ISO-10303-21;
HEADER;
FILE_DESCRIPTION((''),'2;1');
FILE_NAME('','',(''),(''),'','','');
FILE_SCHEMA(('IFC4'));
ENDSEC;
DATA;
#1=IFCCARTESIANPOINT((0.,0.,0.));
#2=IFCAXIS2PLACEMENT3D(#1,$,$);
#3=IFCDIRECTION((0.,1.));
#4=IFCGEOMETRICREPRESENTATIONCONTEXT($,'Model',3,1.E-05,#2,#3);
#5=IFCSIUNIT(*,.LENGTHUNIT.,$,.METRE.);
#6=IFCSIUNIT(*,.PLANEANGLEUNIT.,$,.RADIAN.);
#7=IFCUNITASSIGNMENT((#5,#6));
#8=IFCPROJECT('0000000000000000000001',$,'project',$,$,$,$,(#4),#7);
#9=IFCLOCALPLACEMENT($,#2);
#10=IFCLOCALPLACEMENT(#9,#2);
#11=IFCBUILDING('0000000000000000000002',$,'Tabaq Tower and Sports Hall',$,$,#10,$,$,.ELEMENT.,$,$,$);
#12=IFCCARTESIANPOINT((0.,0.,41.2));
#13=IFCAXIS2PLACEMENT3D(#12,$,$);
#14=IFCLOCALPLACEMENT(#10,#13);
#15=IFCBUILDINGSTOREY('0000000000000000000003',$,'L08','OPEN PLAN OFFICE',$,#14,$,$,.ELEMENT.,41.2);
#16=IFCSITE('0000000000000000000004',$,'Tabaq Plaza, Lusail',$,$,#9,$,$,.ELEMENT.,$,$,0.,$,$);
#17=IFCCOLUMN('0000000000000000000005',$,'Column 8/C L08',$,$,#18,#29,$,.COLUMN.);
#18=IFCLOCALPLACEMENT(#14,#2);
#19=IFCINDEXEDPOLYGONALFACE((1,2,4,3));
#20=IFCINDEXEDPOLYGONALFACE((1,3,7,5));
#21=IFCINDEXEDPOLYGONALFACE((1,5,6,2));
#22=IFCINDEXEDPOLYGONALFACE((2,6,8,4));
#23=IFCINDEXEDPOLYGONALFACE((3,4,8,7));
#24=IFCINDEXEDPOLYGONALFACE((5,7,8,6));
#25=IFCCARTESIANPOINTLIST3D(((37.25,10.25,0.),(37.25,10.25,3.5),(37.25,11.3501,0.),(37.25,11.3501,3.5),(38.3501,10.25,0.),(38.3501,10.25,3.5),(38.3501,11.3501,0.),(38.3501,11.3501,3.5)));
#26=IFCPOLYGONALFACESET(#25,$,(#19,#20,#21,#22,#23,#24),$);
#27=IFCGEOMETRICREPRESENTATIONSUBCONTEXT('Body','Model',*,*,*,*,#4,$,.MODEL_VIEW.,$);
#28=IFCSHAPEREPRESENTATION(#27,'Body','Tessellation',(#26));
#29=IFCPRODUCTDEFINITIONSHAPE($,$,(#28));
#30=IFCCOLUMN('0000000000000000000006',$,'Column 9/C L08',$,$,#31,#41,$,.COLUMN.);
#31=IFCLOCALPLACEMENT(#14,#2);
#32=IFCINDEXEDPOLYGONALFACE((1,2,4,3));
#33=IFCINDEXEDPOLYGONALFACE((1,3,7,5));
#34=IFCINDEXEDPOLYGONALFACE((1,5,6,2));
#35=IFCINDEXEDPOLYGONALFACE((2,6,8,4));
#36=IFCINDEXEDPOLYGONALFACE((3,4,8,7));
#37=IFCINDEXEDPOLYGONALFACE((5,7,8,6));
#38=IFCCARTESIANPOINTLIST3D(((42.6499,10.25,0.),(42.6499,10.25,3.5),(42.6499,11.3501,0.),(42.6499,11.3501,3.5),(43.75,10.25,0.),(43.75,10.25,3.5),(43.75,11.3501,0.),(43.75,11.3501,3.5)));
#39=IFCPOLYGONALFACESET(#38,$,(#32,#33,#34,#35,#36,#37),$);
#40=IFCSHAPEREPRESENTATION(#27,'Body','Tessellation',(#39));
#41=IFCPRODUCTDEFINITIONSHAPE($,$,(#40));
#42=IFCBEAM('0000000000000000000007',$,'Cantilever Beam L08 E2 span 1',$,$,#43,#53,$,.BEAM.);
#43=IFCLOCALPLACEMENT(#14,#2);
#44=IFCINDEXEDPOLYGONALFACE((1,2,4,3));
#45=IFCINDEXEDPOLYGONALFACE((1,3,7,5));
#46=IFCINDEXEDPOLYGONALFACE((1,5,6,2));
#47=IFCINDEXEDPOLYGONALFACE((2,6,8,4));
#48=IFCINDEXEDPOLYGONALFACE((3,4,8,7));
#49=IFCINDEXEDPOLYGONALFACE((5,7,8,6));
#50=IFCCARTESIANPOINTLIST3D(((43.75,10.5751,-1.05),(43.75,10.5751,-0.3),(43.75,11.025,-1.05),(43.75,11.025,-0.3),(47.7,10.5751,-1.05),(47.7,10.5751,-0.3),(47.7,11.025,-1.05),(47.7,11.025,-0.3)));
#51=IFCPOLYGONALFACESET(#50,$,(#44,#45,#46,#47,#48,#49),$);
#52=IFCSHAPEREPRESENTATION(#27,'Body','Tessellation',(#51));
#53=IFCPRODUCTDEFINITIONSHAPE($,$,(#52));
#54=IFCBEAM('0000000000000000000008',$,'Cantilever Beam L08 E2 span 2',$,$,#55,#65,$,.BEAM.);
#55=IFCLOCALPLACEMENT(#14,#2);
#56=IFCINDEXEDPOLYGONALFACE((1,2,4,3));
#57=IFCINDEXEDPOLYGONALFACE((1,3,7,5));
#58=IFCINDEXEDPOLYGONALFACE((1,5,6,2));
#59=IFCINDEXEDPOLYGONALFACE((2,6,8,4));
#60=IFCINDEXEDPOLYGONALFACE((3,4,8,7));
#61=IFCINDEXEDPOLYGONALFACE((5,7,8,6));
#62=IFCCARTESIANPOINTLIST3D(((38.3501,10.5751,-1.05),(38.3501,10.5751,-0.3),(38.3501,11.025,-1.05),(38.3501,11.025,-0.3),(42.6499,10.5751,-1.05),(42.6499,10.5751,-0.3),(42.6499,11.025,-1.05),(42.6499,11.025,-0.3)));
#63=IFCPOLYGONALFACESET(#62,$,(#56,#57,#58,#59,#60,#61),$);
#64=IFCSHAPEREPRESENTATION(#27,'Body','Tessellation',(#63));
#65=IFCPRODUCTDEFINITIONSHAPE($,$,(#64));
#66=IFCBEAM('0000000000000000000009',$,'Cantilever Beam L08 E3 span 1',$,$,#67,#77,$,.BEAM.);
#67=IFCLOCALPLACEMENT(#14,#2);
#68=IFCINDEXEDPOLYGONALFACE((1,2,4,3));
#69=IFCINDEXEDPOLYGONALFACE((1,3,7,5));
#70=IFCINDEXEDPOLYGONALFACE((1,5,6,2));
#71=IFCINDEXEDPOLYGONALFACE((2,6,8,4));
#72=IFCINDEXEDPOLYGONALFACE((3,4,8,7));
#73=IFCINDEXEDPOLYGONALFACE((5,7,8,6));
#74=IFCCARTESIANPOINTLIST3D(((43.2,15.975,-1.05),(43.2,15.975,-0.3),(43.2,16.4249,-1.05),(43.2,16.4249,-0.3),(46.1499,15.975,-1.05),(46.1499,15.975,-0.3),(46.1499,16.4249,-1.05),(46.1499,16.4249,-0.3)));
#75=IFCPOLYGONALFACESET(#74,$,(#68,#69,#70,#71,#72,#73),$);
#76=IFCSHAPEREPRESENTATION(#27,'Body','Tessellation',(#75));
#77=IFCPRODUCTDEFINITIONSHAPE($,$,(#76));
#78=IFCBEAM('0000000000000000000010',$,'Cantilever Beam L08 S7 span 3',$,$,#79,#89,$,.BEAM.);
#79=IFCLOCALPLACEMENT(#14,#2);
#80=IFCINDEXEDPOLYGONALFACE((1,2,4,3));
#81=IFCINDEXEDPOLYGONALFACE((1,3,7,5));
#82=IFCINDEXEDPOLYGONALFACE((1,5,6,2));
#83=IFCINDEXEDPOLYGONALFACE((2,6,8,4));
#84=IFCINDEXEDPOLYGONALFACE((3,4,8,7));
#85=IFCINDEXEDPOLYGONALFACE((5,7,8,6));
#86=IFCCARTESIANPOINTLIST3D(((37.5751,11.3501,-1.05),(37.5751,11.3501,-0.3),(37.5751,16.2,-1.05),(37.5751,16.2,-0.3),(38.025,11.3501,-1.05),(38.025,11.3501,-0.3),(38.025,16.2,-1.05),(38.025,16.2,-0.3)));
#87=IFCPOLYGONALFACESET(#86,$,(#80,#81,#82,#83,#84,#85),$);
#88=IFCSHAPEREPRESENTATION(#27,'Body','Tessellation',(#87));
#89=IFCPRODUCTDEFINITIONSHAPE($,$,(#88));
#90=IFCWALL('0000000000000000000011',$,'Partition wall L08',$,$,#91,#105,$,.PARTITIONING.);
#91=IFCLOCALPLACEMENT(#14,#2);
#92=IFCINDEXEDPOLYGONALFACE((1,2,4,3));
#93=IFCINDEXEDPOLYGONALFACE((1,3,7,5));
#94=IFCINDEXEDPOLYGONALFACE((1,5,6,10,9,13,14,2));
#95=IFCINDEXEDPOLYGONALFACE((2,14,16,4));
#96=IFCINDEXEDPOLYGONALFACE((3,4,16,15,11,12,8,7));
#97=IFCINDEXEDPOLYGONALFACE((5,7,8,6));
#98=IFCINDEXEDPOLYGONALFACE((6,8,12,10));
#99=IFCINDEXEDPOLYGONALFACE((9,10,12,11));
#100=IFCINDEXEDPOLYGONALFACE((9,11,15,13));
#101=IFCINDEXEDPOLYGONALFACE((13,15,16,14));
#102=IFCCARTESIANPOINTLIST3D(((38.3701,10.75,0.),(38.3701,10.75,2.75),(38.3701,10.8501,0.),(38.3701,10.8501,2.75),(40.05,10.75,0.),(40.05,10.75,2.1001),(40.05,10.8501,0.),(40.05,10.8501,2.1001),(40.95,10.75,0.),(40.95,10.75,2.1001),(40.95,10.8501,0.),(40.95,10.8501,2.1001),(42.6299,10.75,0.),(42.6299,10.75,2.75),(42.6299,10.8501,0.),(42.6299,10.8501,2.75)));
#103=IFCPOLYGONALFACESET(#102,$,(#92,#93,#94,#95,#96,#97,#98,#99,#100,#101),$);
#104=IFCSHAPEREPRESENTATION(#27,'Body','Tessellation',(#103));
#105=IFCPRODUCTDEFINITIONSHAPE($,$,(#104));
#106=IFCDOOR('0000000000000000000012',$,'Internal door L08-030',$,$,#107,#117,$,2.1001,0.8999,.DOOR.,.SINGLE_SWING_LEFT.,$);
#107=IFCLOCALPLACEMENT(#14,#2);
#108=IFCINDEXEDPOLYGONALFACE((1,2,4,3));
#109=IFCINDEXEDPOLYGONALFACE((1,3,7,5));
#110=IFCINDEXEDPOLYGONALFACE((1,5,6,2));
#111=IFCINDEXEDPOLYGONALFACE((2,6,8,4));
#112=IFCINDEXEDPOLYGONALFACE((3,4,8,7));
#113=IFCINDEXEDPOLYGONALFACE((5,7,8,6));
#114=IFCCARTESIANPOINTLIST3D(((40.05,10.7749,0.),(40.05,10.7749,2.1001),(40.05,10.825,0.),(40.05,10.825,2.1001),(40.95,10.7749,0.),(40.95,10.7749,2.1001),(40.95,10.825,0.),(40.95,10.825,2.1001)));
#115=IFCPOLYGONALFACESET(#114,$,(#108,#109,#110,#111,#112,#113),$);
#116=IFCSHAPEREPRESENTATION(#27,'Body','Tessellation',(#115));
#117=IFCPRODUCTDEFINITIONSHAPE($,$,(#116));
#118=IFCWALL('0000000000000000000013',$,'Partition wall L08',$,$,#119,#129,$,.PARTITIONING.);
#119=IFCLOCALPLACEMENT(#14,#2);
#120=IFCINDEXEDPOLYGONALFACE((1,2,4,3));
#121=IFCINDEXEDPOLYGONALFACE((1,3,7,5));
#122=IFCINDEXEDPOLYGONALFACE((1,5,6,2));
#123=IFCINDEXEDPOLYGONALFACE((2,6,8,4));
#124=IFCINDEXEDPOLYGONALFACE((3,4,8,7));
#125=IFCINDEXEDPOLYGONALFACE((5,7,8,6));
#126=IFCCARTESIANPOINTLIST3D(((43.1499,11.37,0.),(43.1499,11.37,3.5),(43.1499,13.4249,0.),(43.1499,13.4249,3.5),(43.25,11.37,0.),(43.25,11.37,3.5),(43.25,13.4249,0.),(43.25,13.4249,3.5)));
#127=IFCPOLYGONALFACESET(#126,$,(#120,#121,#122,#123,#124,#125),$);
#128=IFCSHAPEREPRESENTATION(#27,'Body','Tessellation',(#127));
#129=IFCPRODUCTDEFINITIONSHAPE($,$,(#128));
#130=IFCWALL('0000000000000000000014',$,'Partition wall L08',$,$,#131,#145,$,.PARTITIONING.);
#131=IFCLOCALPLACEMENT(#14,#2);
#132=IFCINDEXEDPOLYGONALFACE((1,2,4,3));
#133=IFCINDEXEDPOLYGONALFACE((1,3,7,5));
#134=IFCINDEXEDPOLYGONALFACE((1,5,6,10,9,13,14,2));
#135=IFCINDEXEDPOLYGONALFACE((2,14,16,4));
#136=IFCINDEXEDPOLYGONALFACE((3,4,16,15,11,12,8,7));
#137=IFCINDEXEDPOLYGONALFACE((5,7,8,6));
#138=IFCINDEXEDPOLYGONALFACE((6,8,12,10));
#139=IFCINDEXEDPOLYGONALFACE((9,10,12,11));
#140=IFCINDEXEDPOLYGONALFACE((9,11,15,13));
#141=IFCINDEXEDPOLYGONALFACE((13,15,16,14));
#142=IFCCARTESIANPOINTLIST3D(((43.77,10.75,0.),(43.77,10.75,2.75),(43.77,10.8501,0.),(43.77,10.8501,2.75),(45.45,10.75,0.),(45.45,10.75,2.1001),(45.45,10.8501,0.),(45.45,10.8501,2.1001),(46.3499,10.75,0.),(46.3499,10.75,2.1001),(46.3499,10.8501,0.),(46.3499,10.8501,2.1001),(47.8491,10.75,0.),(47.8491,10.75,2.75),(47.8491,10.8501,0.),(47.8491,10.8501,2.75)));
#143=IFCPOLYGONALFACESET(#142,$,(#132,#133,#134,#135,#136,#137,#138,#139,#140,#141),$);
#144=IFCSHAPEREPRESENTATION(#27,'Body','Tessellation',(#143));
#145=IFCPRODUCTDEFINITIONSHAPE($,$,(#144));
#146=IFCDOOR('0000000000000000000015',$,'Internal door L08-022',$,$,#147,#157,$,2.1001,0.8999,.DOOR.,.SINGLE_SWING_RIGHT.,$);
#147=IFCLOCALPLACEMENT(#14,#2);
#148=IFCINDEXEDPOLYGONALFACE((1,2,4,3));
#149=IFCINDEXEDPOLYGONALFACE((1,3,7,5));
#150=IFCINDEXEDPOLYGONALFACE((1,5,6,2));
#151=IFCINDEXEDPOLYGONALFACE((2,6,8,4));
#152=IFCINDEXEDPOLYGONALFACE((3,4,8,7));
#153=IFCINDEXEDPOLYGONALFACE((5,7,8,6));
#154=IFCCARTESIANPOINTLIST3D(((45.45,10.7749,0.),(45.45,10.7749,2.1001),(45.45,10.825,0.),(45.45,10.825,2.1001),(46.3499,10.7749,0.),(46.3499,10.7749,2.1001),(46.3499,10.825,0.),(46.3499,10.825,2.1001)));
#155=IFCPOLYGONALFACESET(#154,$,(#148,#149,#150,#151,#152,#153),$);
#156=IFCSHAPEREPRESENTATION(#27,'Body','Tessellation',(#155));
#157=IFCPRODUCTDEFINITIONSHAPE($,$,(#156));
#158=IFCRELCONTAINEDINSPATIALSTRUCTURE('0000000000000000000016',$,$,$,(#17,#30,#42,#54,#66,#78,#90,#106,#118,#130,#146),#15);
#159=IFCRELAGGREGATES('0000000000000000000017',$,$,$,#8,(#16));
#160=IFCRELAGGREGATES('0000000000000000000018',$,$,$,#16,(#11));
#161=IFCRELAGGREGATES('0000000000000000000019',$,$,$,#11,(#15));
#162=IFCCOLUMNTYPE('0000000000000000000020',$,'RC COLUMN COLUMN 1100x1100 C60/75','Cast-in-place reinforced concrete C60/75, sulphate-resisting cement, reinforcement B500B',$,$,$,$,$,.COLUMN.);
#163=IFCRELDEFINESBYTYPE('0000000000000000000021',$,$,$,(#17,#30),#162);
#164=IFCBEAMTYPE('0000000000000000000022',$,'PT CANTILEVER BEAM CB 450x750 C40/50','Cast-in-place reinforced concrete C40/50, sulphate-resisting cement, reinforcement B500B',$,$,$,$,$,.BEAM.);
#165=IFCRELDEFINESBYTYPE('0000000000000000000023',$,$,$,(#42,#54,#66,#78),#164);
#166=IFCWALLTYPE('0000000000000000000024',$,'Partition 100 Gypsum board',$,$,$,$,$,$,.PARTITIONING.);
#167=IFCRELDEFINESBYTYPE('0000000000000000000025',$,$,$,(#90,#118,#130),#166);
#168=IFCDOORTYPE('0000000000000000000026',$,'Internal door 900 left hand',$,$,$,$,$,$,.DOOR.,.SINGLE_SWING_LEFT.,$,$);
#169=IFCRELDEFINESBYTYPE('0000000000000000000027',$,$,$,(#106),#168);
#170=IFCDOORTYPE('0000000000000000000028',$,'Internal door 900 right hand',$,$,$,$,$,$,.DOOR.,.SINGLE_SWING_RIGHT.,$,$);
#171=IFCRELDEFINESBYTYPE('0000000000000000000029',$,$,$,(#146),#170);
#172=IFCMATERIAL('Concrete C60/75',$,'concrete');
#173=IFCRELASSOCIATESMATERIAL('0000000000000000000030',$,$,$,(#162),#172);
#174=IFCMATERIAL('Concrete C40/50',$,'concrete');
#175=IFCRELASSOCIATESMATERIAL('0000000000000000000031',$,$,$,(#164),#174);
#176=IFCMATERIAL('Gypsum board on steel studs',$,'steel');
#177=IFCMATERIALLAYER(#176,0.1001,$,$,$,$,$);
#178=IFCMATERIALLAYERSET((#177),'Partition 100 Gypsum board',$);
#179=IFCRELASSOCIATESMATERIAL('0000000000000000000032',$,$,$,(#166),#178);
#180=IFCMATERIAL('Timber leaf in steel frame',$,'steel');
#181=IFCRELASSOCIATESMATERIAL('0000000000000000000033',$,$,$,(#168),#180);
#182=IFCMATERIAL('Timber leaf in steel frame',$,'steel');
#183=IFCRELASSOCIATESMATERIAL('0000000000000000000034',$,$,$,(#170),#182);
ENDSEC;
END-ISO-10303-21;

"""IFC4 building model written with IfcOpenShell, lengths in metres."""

from ifc_helpers import new_model, si_unit, direction, frame, frame_2d, origin, origin_2d, place, context, subcontext, project, spatial, rectangle, extrude, material, layer, layer_set, material_profile, profile_set, type_object, element, fill, save


model = new_model("IFC4")

# Units and contexts
model_context = context("Model", 3, precision=1e-05, world=origin(), true_north=direction((0.0, 1.0)))
body_context = subcontext(model_context, "Body", "Model", "MODEL_VIEW")
ifc_project = project(units=[si_unit("LENGTHUNIT", "METRE"), si_unit("PLANEANGLEUNIT", "RADIAN")], contexts=[model_context])

# Site, building, storey
site_placement = place(None, origin())
site = spatial("IfcSite", under=ifc_project, at=site_placement, Name="Tabaq Plaza, Lusail", CompositionType="ELEMENT", RefElevation=0.0)
building_placement = place(site_placement, origin())
building = spatial("IfcBuilding", under=site, at=building_placement, Name="Tabaq Tower and Sports Hall", CompositionType="ELEMENT")
storey_placement = place(building_placement, frame((0.0, 0.0, 41.2)))
storey = spatial("IfcBuildingStorey", under=building, at=storey_placement, Name="L08", Description="OPEN PLAN OFFICE", CompositionType="ELEMENT", Elevation=41.2)

# Columns
ifc_material_1 = material(Name="Concrete C60/75", Category="concrete")
ifc_material_profile_1 = material_profile(ifc_material_1, rectangle(XDim=1.1001, YDim=1.1001, at=origin_2d()), Name="COLUMN 1100x1100")
ifc_profile_set_1 = profile_set([ifc_material_profile_1], Name="Concrete C60/75")
column_type = type_object("IfcColumnType", Name="RC COLUMN COLUMN 1100x1100 C60/75", Description="Cast-in-place reinforced concrete C60/75, sulphate-resisting cement, reinforcement B500B", PredefinedType="COLUMN", material=ifc_profile_set_1)
for number, where, z_axis, x_axis, name in (
    (1, (37.8, 10.8, 0.0), (0.0, 0.0, 1.0), (1.0, 0.0, 0.0), "Column 8/C L08"),
    (2, (43.2, 10.8, 0.0), (0.0, 0.0, 1.0), (1.0, 0.0, 0.0), "Column 9/C L08"),
):
    element("IfcColumn", number, at=place(storey_placement, frame(where, z_axis=z_axis, x_axis=x_axis)), inside=storey, type_object=column_type, Name=name, PredefinedType="COLUMN", context=body_context, shape_type="SweptSolid", body=[
        extrude(rectangle(XDim=1.1001, YDim=1.1001, at=origin_2d()), origin(), (0.0, 0.0, 1.0), 3.5),
    ])

# Beams
ifc_material_2 = material(Name="Concrete C40/50", Category="concrete")
ifc_material_profile_2 = material_profile(ifc_material_2, rectangle(XDim=0.45, YDim=0.75, at=origin_2d()), Name="CB 450x750")
ifc_profile_set_2 = profile_set([ifc_material_profile_2], Name="Concrete C40/50")
beam_type = type_object("IfcBeamType", Name="PT CANTILEVER BEAM CB 450x750 C40/50", Description="Cast-in-place reinforced concrete C40/50, sulphate-resisting cement, reinforcement B500B", PredefinedType="BEAM", material=ifc_profile_set_2)
beam_1_placement = place(storey_placement, frame((47.7, 10.8, -0.675), z_axis=(-1.0, 0.0, 0.0), x_axis=(0.0, -1.0, 0.0)))
element("IfcBeam", 3, at=beam_1_placement, inside=storey, type_object=beam_type, Name="Cantilever Beam L08 E2 span 1", PredefinedType="BEAM", context=body_context, shape_type="SweptSolid", body=[
    extrude(rectangle(XDim=0.45, YDim=0.75, at=origin_2d()), origin(), (0.0, 0.0, 1.0), 3.95),
])
beam_2_placement = place(storey_placement, frame((42.6499, 10.8, -0.675), z_axis=(-1.0, 0.0, 0.0), x_axis=(0.0, -1.0, 0.0)))
element("IfcBeam", 4, at=beam_2_placement, inside=storey, type_object=beam_type, Name="Cantilever Beam L08 E2 span 2", PredefinedType="BEAM", context=body_context, shape_type="SweptSolid", body=[
    extrude(rectangle(XDim=0.45, YDim=0.75, at=origin_2d()), origin(), (0.0, 0.0, 1.0), 4.2998),
])
beam_3_placement = place(storey_placement, frame((46.1499, 16.2, -0.675), z_axis=(-1.0, 0.0, 0.0), x_axis=(0.0, -1.0, 0.0)))
element("IfcBeam", 5, at=beam_3_placement, inside=storey, type_object=beam_type, Name="Cantilever Beam L08 E3 span 1", PredefinedType="BEAM", context=body_context, shape_type="SweptSolid", body=[
    extrude(rectangle(XDim=0.45, YDim=0.75, at=origin_2d()), origin(), (0.0, 0.0, 1.0), 2.95),
])
beam_4_placement = place(storey_placement, frame((37.8, 11.3501, -0.675), z_axis=(0.0, 1.0, 0.0), x_axis=(-1.0, 0.0, 0.0)))
element("IfcBeam", 6, at=beam_4_placement, inside=storey, type_object=beam_type, Name="Cantilever Beam L08 S7 span 3", PredefinedType="BEAM", context=body_context, shape_type="SweptSolid", body=[
    extrude(rectangle(XDim=0.45, YDim=0.75, at=origin_2d()), origin(), (0.0, 0.0, 1.0), 4.8499),
])

# Wall, opening, door
ifc_material_3 = material(Name="Gypsum board on steel studs", Category="steel")
ifc_layer_1 = layer(ifc_material_3, 0.1001)
ifc_layer_set_1 = layer_set([ifc_layer_1], Name="Partition 100 Gypsum board")
wall_type_1 = type_object("IfcWallType", Name="Partition 100 Gypsum board", PredefinedType="PARTITIONING", material=ifc_layer_set_1)
wall_1_placement = place(storey_placement, frame((38.3701, 10.8, 0.0), z_axis=(0.0, 0.0, 1.0), x_axis=(1.0, 0.0, 0.0)))
wall_1 = element("IfcWall", 7, at=wall_1_placement, inside=storey, type_object=wall_type_1, Name="Partition wall L08", PredefinedType="PARTITIONING", context=body_context, shape_type="SweptSolid", body=[
    extrude(rectangle(XDim=4.2598, YDim=0.1001, at=frame_2d((2.1299, 0.0))), origin(), (0.0, 0.0, 1.0), 2.75),
])
opening_1_placement = place(wall_1_placement, frame((1.6799, 0.0, 0.0)))
opening_1 = element("IfcOpeningElement", 8, at=opening_1_placement, cuts=wall_1, PredefinedType="OPENING", context=body_context, shape_type="SweptSolid", body=[
    extrude(rectangle(XDim=0.8999, YDim=2.1001, at=frame_2d((0.45, 1.05))), frame((0.0, 0.05, 0.0), z_axis=(0.0, -1.0, 0.0), x_axis=(1.0, 0.0, 0.0)), (0.0, 0.0, 1.0), 0.1001),
])
ifc_material_4 = material(Name="Timber leaf in steel frame", Category="steel")
door_type_1 = type_object("IfcDoorType", Name="Internal door 900 left hand", OperationType="SINGLE_SWING_LEFT", PredefinedType="DOOR", material=ifc_material_4)
door_1_placement = place(opening_1_placement, origin())
door_1 = element("IfcDoor", 9, at=door_1_placement, inside=storey, type_object=door_type_1, Name="Internal door L08-030", OperationType="SINGLE_SWING_LEFT", OverallHeight=2.1001, OverallWidth=0.8999, PredefinedType="DOOR", context=body_context, shape_type="SweptSolid", body=[
    extrude(rectangle(XDim=0.8999, YDim=2.1001, at=frame_2d((0.45, 1.05))), frame((0.0, 0.0249, 0.0), z_axis=(0.0, -1.0, 0.0), x_axis=(1.0, 0.0, 0.0)), (0.0, 0.0, 1.0), 0.05),
])
fill(opening_1, door_1)

# Wall
wall_2_placement = place(storey_placement, frame((43.2, 11.3701, 0.0), z_axis=(0.0, 0.0, 1.0), x_axis=(0.0, 1.0, 0.0)))
element("IfcWall", 10, at=wall_2_placement, inside=storey, type_object=wall_type_1, Name="Partition wall L08", PredefinedType="PARTITIONING", context=body_context, shape_type="SweptSolid", body=[
    extrude(rectangle(XDim=2.0549, YDim=0.1001, at=frame_2d((1.0273, 0.0))), origin(), (0.0, 0.0, 1.0), 3.5),
])

# Wall, opening, door
wall_3_placement = place(storey_placement, frame((43.77, 10.8, 0.0), z_axis=(0.0, 0.0, 1.0), x_axis=(1.0, 0.0, 0.0)))
wall_3 = element("IfcWall", 11, at=wall_3_placement, inside=storey, type_object=wall_type_1, Name="Partition wall L08", PredefinedType="PARTITIONING", context=body_context, shape_type="SweptSolid", body=[
    extrude(rectangle(XDim=4.0791, YDim=0.1001, at=frame_2d((2.0396, 0.0))), origin(), (0.0, 0.0, 1.0), 2.75),
])
opening_2_placement = place(wall_3_placement, frame((1.6799, 0.0, 0.0)))
opening_2 = element("IfcOpeningElement", 12, at=opening_2_placement, cuts=wall_3, PredefinedType="OPENING", context=body_context, shape_type="SweptSolid", body=[
    extrude(rectangle(XDim=0.8999, YDim=2.1001, at=frame_2d((0.45, 1.05))), frame((0.0, 0.05, 0.0), z_axis=(0.0, -1.0, 0.0), x_axis=(1.0, 0.0, 0.0)), (0.0, 0.0, 1.0), 0.1001),
])
ifc_material_5 = material(Name="Timber leaf in steel frame", Category="steel")
door_type_2 = type_object("IfcDoorType", Name="Internal door 900 right hand", OperationType="SINGLE_SWING_RIGHT", PredefinedType="DOOR", material=ifc_material_5)
door_2_placement = place(opening_2_placement, origin())
door_2 = element("IfcDoor", 13, at=door_2_placement, inside=storey, type_object=door_type_2, Name="Internal door L08-022", OperationType="SINGLE_SWING_RIGHT", OverallHeight=2.1001, OverallWidth=0.8999, PredefinedType="DOOR", context=body_context, shape_type="SweptSolid", body=[
    extrude(rectangle(XDim=0.8999, YDim=2.1001, at=frame_2d((0.45, 1.05))), frame((0.0, 0.0249, 0.0), z_axis=(0.0, -1.0, 0.0), x_axis=(1.0, 0.0, 0.0)), (0.0, 0.0, 1.0), 0.05),
])
fill(opening_2, door_2)

save(model, "model.ifc")
